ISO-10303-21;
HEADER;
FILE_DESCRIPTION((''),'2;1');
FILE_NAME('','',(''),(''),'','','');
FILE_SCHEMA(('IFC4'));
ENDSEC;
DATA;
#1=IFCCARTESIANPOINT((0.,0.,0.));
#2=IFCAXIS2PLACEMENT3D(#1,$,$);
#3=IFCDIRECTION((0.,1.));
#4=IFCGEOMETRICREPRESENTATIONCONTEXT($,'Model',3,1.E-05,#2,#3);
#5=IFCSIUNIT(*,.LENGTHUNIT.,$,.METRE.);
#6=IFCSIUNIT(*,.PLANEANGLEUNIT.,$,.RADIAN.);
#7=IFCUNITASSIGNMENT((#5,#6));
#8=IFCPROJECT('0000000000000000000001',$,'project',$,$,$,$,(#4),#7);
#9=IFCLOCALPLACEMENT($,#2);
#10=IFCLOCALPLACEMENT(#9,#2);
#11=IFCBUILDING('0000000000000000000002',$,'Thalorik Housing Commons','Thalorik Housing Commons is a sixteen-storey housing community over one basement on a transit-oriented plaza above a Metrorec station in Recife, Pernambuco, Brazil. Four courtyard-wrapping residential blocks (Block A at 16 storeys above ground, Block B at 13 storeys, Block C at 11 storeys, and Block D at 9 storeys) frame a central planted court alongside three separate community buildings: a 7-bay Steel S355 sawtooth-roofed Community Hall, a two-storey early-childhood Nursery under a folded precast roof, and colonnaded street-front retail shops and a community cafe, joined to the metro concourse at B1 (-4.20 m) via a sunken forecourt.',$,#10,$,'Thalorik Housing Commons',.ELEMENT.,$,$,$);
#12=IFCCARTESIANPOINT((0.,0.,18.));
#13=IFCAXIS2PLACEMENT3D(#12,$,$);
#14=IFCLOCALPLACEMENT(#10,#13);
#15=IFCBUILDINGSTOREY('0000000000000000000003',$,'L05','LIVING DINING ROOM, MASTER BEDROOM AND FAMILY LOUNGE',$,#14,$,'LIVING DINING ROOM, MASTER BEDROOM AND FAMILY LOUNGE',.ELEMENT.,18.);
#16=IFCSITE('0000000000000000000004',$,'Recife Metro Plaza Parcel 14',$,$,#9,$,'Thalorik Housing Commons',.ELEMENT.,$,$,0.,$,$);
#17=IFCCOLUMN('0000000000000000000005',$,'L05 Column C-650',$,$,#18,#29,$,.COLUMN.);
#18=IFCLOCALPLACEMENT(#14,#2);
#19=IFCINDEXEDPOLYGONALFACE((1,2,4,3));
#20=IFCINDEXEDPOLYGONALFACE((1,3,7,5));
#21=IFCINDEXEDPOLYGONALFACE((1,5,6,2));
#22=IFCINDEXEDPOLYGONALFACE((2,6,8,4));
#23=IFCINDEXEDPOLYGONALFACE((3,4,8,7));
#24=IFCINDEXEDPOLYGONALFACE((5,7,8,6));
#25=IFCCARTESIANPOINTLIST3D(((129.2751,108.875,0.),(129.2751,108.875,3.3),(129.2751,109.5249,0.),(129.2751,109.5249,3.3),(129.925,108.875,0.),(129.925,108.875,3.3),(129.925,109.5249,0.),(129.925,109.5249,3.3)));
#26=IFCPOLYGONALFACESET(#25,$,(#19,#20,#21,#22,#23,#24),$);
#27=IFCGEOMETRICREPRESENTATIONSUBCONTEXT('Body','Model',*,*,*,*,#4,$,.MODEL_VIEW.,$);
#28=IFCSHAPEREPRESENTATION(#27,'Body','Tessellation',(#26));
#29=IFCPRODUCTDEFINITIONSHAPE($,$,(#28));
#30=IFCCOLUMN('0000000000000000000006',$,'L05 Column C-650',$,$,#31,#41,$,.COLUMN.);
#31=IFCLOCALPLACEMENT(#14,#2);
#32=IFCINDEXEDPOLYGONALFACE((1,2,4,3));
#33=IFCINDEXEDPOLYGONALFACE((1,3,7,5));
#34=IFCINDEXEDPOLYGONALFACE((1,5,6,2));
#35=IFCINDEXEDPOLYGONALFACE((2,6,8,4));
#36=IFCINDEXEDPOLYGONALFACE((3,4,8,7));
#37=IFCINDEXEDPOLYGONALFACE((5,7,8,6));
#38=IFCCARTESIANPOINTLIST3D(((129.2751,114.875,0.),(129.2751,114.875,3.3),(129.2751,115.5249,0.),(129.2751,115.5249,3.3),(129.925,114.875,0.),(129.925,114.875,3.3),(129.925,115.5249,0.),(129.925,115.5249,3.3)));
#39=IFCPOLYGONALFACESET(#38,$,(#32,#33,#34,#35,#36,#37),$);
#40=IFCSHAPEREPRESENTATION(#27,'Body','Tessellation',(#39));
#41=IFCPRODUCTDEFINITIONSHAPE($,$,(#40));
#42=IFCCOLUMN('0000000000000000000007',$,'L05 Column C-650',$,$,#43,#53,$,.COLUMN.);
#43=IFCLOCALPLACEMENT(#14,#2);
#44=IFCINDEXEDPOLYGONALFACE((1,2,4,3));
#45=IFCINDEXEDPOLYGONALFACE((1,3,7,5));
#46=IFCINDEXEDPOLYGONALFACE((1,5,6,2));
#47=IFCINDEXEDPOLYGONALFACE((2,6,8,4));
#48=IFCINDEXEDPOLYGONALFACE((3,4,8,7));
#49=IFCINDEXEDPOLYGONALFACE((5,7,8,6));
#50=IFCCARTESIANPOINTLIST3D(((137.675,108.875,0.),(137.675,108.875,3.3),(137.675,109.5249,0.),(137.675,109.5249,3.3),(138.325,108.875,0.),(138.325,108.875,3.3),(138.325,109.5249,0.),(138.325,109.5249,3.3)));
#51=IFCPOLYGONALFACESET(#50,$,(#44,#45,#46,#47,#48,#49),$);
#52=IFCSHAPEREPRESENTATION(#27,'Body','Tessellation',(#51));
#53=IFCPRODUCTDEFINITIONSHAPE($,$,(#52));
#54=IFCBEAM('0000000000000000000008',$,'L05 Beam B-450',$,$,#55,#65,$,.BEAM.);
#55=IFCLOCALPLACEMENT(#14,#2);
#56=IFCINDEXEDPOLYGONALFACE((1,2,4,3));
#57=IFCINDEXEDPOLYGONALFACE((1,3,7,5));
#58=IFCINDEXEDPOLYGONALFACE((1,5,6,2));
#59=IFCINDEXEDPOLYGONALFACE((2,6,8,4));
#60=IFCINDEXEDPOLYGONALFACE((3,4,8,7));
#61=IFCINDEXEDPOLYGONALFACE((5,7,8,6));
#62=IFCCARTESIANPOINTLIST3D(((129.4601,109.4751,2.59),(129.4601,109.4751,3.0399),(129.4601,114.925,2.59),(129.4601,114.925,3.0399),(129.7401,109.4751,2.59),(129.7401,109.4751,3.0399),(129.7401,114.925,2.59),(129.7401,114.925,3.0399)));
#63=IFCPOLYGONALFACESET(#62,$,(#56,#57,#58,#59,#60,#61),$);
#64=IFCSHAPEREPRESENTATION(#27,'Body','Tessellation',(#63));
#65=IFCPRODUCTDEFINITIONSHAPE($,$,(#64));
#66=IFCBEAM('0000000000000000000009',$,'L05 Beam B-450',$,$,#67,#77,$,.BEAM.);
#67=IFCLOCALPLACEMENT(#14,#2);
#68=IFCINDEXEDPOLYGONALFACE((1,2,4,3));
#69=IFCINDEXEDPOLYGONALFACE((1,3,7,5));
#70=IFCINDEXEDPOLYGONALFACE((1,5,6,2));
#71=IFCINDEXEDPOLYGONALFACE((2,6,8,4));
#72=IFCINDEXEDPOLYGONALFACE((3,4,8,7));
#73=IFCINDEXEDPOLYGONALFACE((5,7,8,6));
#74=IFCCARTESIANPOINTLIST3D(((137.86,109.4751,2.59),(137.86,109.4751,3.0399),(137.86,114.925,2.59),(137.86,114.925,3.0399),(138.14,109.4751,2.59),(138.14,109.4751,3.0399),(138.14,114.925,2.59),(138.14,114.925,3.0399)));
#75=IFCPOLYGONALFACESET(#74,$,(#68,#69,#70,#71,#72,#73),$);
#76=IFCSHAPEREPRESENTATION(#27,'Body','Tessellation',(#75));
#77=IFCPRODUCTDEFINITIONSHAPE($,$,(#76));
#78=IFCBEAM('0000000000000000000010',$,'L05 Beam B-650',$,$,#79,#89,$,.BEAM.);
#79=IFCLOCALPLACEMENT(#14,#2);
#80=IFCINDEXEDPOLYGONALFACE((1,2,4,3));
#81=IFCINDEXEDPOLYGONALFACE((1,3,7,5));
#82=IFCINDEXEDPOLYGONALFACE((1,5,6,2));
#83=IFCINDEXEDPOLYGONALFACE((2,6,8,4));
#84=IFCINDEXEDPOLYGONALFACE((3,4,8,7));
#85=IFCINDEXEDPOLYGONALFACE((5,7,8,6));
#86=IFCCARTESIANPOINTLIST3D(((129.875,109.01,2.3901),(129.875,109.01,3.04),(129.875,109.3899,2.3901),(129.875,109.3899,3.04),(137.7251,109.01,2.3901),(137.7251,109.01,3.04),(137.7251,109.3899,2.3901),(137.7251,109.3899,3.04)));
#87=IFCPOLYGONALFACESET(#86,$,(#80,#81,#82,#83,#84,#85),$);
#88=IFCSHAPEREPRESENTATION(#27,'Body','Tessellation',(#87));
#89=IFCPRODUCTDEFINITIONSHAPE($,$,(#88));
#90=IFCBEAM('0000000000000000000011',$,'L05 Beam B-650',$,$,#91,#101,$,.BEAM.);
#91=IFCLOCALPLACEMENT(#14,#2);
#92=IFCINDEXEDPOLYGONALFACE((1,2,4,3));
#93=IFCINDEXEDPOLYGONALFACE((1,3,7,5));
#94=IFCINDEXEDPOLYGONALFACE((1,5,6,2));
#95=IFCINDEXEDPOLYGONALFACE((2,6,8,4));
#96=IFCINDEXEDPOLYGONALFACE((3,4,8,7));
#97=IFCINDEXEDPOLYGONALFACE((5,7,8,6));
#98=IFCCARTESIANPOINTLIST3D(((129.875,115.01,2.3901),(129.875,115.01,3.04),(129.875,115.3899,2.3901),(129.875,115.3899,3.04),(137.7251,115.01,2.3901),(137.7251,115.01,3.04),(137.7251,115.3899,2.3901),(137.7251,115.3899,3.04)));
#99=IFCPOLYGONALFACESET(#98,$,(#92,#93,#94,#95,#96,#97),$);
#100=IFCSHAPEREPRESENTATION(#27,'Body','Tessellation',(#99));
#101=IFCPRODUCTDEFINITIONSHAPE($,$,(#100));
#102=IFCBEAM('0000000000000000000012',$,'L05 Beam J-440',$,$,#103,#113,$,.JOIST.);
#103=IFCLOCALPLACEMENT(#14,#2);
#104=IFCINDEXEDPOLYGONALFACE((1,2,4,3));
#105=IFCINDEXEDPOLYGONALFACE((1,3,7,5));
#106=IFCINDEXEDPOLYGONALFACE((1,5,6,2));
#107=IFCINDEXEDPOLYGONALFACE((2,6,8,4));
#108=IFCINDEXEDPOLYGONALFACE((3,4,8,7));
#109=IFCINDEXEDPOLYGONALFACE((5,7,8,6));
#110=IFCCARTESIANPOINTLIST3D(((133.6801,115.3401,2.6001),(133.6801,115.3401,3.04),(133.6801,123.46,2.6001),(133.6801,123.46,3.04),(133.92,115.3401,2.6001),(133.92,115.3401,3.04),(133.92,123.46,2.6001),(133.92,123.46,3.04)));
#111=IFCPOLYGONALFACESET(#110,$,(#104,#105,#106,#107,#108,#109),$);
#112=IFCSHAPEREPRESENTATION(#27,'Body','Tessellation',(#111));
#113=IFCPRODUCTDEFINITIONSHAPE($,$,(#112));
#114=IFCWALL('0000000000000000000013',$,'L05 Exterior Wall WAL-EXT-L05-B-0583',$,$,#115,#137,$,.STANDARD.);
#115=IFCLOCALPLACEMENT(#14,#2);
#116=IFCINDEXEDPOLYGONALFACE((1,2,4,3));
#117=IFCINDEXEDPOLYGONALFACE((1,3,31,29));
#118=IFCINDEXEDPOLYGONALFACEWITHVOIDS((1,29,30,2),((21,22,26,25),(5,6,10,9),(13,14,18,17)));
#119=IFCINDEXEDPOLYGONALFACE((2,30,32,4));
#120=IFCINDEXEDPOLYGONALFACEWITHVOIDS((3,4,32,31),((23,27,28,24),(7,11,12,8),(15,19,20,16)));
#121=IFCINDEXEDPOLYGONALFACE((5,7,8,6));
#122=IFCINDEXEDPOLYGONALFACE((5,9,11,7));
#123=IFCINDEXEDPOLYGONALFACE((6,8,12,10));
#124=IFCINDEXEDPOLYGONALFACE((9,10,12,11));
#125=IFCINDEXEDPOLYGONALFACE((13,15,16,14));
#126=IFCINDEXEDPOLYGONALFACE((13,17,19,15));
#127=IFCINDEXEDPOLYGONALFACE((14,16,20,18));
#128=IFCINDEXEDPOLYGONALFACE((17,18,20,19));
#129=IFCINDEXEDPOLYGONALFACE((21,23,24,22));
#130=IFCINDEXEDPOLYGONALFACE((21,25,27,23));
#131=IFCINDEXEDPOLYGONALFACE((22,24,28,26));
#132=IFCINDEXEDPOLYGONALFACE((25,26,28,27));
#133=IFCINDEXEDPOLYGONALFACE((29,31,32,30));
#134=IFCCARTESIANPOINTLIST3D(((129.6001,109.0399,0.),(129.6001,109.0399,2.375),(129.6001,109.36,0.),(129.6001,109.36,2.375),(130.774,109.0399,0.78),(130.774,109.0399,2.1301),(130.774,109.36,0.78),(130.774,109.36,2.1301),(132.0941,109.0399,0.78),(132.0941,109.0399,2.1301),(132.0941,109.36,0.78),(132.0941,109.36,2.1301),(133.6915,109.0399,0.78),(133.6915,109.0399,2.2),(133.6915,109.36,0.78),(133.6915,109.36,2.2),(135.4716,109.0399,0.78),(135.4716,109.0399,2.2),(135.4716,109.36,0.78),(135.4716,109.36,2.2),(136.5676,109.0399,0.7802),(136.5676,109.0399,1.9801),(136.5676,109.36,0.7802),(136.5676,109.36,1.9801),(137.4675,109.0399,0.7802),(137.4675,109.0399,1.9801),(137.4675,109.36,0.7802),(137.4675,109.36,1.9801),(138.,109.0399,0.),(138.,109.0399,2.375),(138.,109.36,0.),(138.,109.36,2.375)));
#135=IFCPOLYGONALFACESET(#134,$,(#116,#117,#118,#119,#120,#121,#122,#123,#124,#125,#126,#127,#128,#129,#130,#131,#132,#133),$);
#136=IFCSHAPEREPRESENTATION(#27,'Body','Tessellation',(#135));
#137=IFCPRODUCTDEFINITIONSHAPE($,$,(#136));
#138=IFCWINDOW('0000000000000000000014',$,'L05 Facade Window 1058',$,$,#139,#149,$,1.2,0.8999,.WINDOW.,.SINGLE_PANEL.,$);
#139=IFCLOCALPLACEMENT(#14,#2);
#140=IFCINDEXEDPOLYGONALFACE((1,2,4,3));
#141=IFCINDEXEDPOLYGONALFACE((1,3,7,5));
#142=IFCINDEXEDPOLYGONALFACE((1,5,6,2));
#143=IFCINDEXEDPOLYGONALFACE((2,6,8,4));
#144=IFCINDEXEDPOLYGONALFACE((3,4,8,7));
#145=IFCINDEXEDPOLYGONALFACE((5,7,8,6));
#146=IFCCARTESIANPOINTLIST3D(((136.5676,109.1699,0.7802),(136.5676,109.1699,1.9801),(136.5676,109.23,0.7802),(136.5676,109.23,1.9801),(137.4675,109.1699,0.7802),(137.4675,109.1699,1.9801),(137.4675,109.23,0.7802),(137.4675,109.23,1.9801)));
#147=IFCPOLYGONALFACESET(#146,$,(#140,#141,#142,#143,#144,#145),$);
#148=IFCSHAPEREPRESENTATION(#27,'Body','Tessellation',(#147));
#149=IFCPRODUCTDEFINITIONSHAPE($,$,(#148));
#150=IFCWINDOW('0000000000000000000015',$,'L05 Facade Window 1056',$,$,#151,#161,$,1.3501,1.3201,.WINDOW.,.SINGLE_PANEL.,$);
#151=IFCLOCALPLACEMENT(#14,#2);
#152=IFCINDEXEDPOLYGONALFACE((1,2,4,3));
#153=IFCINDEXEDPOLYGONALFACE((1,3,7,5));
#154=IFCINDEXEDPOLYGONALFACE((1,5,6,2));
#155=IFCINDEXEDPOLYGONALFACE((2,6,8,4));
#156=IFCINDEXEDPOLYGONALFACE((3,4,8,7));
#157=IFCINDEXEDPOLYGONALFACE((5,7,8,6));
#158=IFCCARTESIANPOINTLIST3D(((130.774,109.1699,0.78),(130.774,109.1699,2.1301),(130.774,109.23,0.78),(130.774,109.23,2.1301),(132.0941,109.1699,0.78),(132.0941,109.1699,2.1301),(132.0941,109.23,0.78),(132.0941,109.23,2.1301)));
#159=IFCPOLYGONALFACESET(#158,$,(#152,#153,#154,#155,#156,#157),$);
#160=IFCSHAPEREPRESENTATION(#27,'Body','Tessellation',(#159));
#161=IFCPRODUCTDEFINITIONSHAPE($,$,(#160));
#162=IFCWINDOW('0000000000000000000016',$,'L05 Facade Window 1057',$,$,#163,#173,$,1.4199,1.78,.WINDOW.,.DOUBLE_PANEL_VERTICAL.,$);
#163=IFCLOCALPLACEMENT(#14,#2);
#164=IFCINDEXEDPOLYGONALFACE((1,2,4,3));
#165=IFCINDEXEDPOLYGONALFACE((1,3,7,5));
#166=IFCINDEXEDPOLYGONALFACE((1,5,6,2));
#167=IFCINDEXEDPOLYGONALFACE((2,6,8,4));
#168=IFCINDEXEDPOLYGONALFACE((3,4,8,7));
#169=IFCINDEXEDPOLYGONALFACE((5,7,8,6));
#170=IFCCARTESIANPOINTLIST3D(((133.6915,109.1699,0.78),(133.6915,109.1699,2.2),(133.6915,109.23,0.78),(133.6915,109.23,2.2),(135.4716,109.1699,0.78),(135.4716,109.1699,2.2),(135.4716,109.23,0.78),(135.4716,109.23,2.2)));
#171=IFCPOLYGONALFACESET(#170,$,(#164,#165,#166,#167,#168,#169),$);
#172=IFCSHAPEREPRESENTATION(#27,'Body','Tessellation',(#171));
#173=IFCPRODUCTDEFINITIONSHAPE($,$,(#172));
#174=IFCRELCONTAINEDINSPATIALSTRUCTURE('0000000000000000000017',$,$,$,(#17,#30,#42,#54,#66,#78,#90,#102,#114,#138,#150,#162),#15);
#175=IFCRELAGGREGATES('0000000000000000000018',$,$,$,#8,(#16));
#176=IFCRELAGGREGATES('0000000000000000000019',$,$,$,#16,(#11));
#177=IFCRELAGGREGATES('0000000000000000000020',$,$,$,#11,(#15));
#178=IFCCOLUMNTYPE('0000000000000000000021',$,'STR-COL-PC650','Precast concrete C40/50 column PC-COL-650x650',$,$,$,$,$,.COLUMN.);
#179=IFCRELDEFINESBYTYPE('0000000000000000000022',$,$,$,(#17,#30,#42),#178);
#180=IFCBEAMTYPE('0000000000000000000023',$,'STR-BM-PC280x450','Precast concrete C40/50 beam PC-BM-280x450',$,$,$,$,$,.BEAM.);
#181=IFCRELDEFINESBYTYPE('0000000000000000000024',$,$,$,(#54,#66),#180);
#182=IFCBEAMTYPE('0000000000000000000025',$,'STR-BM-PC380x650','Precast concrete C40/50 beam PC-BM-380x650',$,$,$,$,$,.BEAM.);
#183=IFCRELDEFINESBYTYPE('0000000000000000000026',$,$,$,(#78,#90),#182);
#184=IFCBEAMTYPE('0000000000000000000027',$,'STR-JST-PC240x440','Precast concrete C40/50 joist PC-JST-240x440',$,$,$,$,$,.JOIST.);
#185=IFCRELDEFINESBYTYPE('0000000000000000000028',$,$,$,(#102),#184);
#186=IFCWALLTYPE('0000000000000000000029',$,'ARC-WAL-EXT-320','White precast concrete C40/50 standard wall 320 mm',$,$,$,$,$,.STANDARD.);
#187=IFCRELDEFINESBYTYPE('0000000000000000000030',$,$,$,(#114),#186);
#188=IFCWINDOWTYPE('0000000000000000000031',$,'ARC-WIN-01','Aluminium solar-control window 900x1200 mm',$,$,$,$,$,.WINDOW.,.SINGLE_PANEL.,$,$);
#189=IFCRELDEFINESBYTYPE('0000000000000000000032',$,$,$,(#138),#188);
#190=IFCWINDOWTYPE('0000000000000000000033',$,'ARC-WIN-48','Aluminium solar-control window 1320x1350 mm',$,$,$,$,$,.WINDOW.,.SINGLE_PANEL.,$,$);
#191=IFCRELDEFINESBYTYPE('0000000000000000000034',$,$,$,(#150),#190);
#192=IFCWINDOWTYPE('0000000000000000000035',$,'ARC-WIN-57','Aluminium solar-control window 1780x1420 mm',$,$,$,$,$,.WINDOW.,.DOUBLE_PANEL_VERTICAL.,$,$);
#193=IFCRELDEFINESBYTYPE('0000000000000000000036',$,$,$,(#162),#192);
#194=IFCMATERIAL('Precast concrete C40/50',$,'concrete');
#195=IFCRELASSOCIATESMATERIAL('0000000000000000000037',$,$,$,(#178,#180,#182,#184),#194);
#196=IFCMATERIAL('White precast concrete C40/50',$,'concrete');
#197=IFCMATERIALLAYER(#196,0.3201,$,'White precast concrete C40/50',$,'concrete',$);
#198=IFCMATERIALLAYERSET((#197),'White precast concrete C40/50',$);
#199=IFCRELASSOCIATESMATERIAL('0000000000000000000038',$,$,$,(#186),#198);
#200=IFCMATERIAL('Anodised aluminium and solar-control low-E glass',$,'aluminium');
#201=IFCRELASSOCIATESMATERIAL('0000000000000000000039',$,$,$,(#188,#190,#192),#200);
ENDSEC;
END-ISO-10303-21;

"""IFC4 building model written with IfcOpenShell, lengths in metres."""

from ifc_helpers import new_model, si_unit, direction, frame, frame_2d, origin, origin_2d, place, context, subcontext, project, spatial, rectangle, extrude, material, layer, layer_set, material_profile, profile_set, type_object, element, fill, save


model = new_model("IFC4")

# Units and contexts
model_context = context("Model", 3, precision=1e-05, world=origin(), true_north=direction((0.0, 1.0)))
body_context = subcontext(model_context, "Body", "Model", "MODEL_VIEW")
ifc_project = project(units=[si_unit("LENGTHUNIT", "METRE"), si_unit("PLANEANGLEUNIT", "RADIAN")], contexts=[model_context])

# Site, building, storey
site_placement = place(None, origin())
site = spatial("IfcSite", under=ifc_project, at=site_placement, Name="Recife Metro Plaza Parcel 14", LongName="Thalorik Housing Commons", CompositionType="ELEMENT", RefElevation=0.0)
building_placement = place(site_placement, origin())
building = spatial("IfcBuilding", under=site, at=building_placement, Name="Thalorik Housing Commons", Description="Thalorik Housing Commons is a sixteen-storey housing community over one basement on a transit-oriented plaza above a Metrorec station in Recife, Pernambuco, Brazil. Four courtyard-wrapping residential blocks (Block A at 16 storeys above ground, Block B at 13 storeys, Block C at 11 storeys, and Block D at 9 storeys) frame a central planted court alongside three separate community buildings: a 7-bay Steel S355 sawtooth-roofed Community Hall, a two-storey early-childhood Nursery under a folded precast roof, and colonnaded street-front retail shops and a community cafe, joined to the metro concourse at B1 (-4.20 m) via a sunken forecourt.", LongName="Thalorik Housing Commons", CompositionType="ELEMENT")
storey_placement = place(building_placement, frame((0.0, 0.0, 18.0)))
storey = spatial("IfcBuildingStorey", under=building, at=storey_placement, Name="L05", Description="LIVING DINING ROOM, MASTER BEDROOM AND FAMILY LOUNGE", LongName="LIVING DINING ROOM, MASTER BEDROOM AND FAMILY LOUNGE", CompositionType="ELEMENT", Elevation=18.0)

# Columns
ifc_material_1 = material(Name="Precast concrete C40/50", Category="concrete")
ifc_material_profile_1 = material_profile(ifc_material_1, rectangle(XDim=0.6499, YDim=0.6499, at=origin_2d()), Name="PC 650x650", Category="concrete")
ifc_profile_set_1 = profile_set([ifc_material_profile_1], Name="Precast concrete C40/50")
column_type = type_object("IfcColumnType", Name="STR-COL-PC650", Description="Precast concrete C40/50 column PC-COL-650x650", PredefinedType="COLUMN", material=ifc_profile_set_1)
for number, where, z_axis, x_axis, name in (
    (1, (129.6001, 109.2, 0.0), (0.0, 0.0, 1.0), (1.0, 0.0, 0.0), "L05 Column C-650"),
    (2, (129.6001, 115.2, 0.0), (0.0, 0.0, 1.0), (1.0, 0.0, 0.0), "L05 Column C-650"),
    (3, (138.0, 109.2, 0.0), (0.0, 0.0, 1.0), (1.0, 0.0, 0.0), "L05 Column C-650"),
):
    element("IfcColumn", number, at=place(storey_placement, frame(where, z_axis=z_axis, x_axis=x_axis)), inside=storey, type_object=column_type, Name=name, PredefinedType="COLUMN", context=body_context, shape_type="SweptSolid", body=[
        extrude(rectangle(XDim=0.6499, YDim=0.6499, at=origin_2d()), origin(), (0.0, 0.0, 1.0), 3.3),
    ])

# Beams
ifc_material_profile_2 = material_profile(ifc_material_1, rectangle(XDim=0.28, YDim=0.45, at=origin_2d()), Name="PC 280x450", Category="concrete")
ifc_profile_set_2 = profile_set([ifc_material_profile_2], Name="Precast concrete C40/50")
beam_type_1 = type_object("IfcBeamType", Name="STR-BM-PC280x450", Description="Precast concrete C40/50 beam PC-BM-280x450", PredefinedType="BEAM", material=ifc_profile_set_2)
for number, where, z_axis, x_axis, name in (
    (4, (129.6001, 109.4751, 2.8149), (0.0, 1.0, 0.0), (-1.0, 0.0, 0.0), "L05 Beam B-450"),
    (5, (138.0, 109.4751, 2.8149), (0.0, 1.0, 0.0), (-1.0, 0.0, 0.0), "L05 Beam B-450"),
):
    element("IfcBeam", number, at=place(storey_placement, frame(where, z_axis=z_axis, x_axis=x_axis)), inside=storey, type_object=beam_type_1, Name=name, PredefinedType="BEAM", context=body_context, shape_type="SweptSolid", body=[
        extrude(rectangle(XDim=0.28, YDim=0.45, at=origin_2d()), origin(), (0.0, 0.0, 1.0), 5.45),
    ])
ifc_material_profile_3 = material_profile(ifc_material_1, rectangle(XDim=0.3799, YDim=0.6499, at=origin_2d()), Name="PC 380x650", Category="concrete")
ifc_profile_set_3 = profile_set([ifc_material_profile_3], Name="Precast concrete C40/50")
beam_type_2 = type_object("IfcBeamType", Name="STR-BM-PC380x650", Description="Precast concrete C40/50 beam PC-BM-380x650", PredefinedType="BEAM", material=ifc_profile_set_3)
for number, where, z_axis, x_axis, name in (
    (6, (129.875, 109.2, 2.7151), (1.0, 0.0, 0.0), (0.0, 1.0, 0.0), "L05 Beam B-650"),
    (7, (129.875, 115.2, 2.7151), (1.0, 0.0, 0.0), (0.0, 1.0, 0.0), "L05 Beam B-650"),
):
    element("IfcBeam", number, at=place(storey_placement, frame(where, z_axis=z_axis, x_axis=x_axis)), inside=storey, type_object=beam_type_2, Name=name, PredefinedType="BEAM", context=body_context, shape_type="SweptSolid", body=[
        extrude(rectangle(XDim=0.3799, YDim=0.6499, at=origin_2d()), origin(), (0.0, 0.0, 1.0), 7.8501),
    ])
ifc_material_profile_4 = material_profile(ifc_material_1, rectangle(XDim=0.24, YDim=0.4399, at=origin_2d()), Name="PC JST 240x440", Category="concrete")
ifc_profile_set_4 = profile_set([ifc_material_profile_4], Name="Precast concrete C40/50")
beam_type_3 = type_object("IfcBeamType", Name="STR-JST-PC240x440", Description="Precast concrete C40/50 joist PC-JST-240x440", PredefinedType="JOIST", material=ifc_profile_set_4)
beam_placement = place(storey_placement, frame((133.8, 115.3401, 2.8201), z_axis=(0.0, 1.0, 0.0), x_axis=(-1.0, 0.0, 0.0)))
element("IfcBeam", 8, at=beam_placement, inside=storey, type_object=beam_type_3, Name="L05 Beam J-440", PredefinedType="JOIST", context=body_context, shape_type="SweptSolid", body=[
    extrude(rectangle(XDim=0.24, YDim=0.4399, at=origin_2d()), origin(), (0.0, 0.0, 1.0), 8.1199),
])

# Wall, openings, windows
ifc_material_2 = material(Name="White precast concrete C40/50", Category="concrete")
ifc_layer_1 = layer(ifc_material_2, 0.3201, Name="White precast concrete C40/50", Category="concrete")
ifc_layer_set_1 = layer_set([ifc_layer_1], Name="White precast concrete C40/50")
wall_type_1 = type_object("IfcWallType", Name="ARC-WAL-EXT-320", Description="White precast concrete C40/50 standard wall 320 mm", PredefinedType="STANDARD", material=ifc_layer_set_1)
wall_1_placement = place(storey_placement, frame((129.6001, 109.2, 0.0), z_axis=(0.0, 0.0, 1.0), x_axis=(1.0, 0.0, 0.0)))
wall_1 = element("IfcWall", 9, at=wall_1_placement, inside=storey, type_object=wall_type_1, Name="L05 Exterior Wall WAL-EXT-L05-B-0583", PredefinedType="STANDARD", context=body_context, shape_type="SweptSolid", body=[
    extrude(rectangle(XDim=8.3999, YDim=0.3201, at=frame_2d((4.2, 0.0))), origin(), (0.0, 0.0, 1.0), 2.375),
])
opening_1_placement = place(wall_1_placement, frame((1.1738, 0.0, 0.78)))
opening_1 = element("IfcOpeningElement", 10, at=opening_1_placement, cuts=wall_1, PredefinedType="OPENING", context=body_context, shape_type="SweptSolid", body=[
    extrude(rectangle(XDim=1.3201, YDim=1.3501, at=frame_2d((0.6602, 0.675))), frame((0.0, 0.1699, 0.0), z_axis=(0.0, -1.0, 0.0), x_axis=(1.0, 0.0, 0.0)), (0.0, 0.0, 1.0), 0.3401),
])
opening_2_placement = place(wall_1_placement, frame((4.0913, 0.0, 0.78)))
opening_2 = element("IfcOpeningElement", 11, at=opening_2_placement, cuts=wall_1, PredefinedType="OPENING", context=body_context, shape_type="SweptSolid", body=[
    extrude(rectangle(XDim=1.78, YDim=1.4199, at=frame_2d((0.8901, 0.71))), frame((0.0, 0.1699, 0.0), z_axis=(0.0, -1.0, 0.0), x_axis=(1.0, 0.0, 0.0)), (0.0, 0.0, 1.0), 0.3401),
])
opening_3_placement = place(wall_1_placement, frame((6.9675, 0.0, 0.78)))
opening_3 = element("IfcOpeningElement", 12, at=opening_3_placement, cuts=wall_1, PredefinedType="OPENING", context=body_context, shape_type="SweptSolid", body=[
    extrude(rectangle(XDim=0.8999, YDim=1.2, at=frame_2d((0.45, 0.6001))), frame((0.0, 0.1699, 0.0), z_axis=(0.0, -1.0, 0.0), x_axis=(1.0, 0.0, 0.0)), (0.0, 0.0, 1.0), 0.3401),
])
ifc_material_3 = material(Name="Anodised aluminium and solar-control low-E glass", Category="aluminium")
window_type_1 = type_object("IfcWindowType", Name="ARC-WIN-01", Description="Aluminium solar-control window 900x1200 mm", PartitioningType="SINGLE_PANEL", PredefinedType="WINDOW", material=ifc_material_3)
window_1_placement = place(opening_3_placement, origin())
window_1 = element("IfcWindow", 13, at=window_1_placement, inside=storey, type_object=window_type_1, Name="L05 Facade Window 1058", OverallHeight=1.2, OverallWidth=0.8999, PartitioningType="SINGLE_PANEL", PredefinedType="WINDOW", context=body_context, shape_type="SweptSolid", body=[
    extrude(rectangle(XDim=0.8999, YDim=1.2, at=frame_2d((0.45, 0.6001))), frame((0.0, 0.03, 0.0), z_axis=(0.0, -1.0, 0.0), x_axis=(1.0, 0.0, 0.0)), (0.0, 0.0, 1.0), 0.0601),
])
fill(opening_3, window_1)
window_type_2 = type_object("IfcWindowType", Name="ARC-WIN-48", Description="Aluminium solar-control window 1320x1350 mm", PartitioningType="SINGLE_PANEL", PredefinedType="WINDOW", material=ifc_material_3)
window_2_placement = place(opening_1_placement, origin())
window_2 = element("IfcWindow", 14, at=window_2_placement, inside=storey, type_object=window_type_2, Name="L05 Facade Window 1056", OverallHeight=1.3501, OverallWidth=1.3201, PartitioningType="SINGLE_PANEL", PredefinedType="WINDOW", context=body_context, shape_type="SweptSolid", body=[
    extrude(rectangle(XDim=1.3201, YDim=1.3501, at=frame_2d((0.6602, 0.675))), frame((0.0, 0.03, 0.0), z_axis=(0.0, -1.0, 0.0), x_axis=(1.0, 0.0, 0.0)), (0.0, 0.0, 1.0), 0.0601),
])
fill(opening_1, window_2)
window_type_3 = type_object("IfcWindowType", Name="ARC-WIN-57", Description="Aluminium solar-control window 1780x1420 mm", PartitioningType="DOUBLE_PANEL_VERTICAL", PredefinedType="WINDOW", material=ifc_material_3)
window_3_placement = place(opening_2_placement, origin())
window_3 = element("IfcWindow", 15, at=window_3_placement, inside=storey, type_object=window_type_3, Name="L05 Facade Window 1057", OverallHeight=1.4199, OverallWidth=1.78, PartitioningType="DOUBLE_PANEL_VERTICAL", PredefinedType="WINDOW", context=body_context, shape_type="SweptSolid", body=[
    extrude(rectangle(XDim=1.78, YDim=1.4199, at=frame_2d((0.8901, 0.71))), frame((0.0, 0.03, 0.0), z_axis=(0.0, -1.0, 0.0), x_axis=(1.0, 0.0, 0.0)), (0.0, 0.0, 1.0), 0.0601),
])
fill(opening_2, window_3)

save(model, "model.ifc")
